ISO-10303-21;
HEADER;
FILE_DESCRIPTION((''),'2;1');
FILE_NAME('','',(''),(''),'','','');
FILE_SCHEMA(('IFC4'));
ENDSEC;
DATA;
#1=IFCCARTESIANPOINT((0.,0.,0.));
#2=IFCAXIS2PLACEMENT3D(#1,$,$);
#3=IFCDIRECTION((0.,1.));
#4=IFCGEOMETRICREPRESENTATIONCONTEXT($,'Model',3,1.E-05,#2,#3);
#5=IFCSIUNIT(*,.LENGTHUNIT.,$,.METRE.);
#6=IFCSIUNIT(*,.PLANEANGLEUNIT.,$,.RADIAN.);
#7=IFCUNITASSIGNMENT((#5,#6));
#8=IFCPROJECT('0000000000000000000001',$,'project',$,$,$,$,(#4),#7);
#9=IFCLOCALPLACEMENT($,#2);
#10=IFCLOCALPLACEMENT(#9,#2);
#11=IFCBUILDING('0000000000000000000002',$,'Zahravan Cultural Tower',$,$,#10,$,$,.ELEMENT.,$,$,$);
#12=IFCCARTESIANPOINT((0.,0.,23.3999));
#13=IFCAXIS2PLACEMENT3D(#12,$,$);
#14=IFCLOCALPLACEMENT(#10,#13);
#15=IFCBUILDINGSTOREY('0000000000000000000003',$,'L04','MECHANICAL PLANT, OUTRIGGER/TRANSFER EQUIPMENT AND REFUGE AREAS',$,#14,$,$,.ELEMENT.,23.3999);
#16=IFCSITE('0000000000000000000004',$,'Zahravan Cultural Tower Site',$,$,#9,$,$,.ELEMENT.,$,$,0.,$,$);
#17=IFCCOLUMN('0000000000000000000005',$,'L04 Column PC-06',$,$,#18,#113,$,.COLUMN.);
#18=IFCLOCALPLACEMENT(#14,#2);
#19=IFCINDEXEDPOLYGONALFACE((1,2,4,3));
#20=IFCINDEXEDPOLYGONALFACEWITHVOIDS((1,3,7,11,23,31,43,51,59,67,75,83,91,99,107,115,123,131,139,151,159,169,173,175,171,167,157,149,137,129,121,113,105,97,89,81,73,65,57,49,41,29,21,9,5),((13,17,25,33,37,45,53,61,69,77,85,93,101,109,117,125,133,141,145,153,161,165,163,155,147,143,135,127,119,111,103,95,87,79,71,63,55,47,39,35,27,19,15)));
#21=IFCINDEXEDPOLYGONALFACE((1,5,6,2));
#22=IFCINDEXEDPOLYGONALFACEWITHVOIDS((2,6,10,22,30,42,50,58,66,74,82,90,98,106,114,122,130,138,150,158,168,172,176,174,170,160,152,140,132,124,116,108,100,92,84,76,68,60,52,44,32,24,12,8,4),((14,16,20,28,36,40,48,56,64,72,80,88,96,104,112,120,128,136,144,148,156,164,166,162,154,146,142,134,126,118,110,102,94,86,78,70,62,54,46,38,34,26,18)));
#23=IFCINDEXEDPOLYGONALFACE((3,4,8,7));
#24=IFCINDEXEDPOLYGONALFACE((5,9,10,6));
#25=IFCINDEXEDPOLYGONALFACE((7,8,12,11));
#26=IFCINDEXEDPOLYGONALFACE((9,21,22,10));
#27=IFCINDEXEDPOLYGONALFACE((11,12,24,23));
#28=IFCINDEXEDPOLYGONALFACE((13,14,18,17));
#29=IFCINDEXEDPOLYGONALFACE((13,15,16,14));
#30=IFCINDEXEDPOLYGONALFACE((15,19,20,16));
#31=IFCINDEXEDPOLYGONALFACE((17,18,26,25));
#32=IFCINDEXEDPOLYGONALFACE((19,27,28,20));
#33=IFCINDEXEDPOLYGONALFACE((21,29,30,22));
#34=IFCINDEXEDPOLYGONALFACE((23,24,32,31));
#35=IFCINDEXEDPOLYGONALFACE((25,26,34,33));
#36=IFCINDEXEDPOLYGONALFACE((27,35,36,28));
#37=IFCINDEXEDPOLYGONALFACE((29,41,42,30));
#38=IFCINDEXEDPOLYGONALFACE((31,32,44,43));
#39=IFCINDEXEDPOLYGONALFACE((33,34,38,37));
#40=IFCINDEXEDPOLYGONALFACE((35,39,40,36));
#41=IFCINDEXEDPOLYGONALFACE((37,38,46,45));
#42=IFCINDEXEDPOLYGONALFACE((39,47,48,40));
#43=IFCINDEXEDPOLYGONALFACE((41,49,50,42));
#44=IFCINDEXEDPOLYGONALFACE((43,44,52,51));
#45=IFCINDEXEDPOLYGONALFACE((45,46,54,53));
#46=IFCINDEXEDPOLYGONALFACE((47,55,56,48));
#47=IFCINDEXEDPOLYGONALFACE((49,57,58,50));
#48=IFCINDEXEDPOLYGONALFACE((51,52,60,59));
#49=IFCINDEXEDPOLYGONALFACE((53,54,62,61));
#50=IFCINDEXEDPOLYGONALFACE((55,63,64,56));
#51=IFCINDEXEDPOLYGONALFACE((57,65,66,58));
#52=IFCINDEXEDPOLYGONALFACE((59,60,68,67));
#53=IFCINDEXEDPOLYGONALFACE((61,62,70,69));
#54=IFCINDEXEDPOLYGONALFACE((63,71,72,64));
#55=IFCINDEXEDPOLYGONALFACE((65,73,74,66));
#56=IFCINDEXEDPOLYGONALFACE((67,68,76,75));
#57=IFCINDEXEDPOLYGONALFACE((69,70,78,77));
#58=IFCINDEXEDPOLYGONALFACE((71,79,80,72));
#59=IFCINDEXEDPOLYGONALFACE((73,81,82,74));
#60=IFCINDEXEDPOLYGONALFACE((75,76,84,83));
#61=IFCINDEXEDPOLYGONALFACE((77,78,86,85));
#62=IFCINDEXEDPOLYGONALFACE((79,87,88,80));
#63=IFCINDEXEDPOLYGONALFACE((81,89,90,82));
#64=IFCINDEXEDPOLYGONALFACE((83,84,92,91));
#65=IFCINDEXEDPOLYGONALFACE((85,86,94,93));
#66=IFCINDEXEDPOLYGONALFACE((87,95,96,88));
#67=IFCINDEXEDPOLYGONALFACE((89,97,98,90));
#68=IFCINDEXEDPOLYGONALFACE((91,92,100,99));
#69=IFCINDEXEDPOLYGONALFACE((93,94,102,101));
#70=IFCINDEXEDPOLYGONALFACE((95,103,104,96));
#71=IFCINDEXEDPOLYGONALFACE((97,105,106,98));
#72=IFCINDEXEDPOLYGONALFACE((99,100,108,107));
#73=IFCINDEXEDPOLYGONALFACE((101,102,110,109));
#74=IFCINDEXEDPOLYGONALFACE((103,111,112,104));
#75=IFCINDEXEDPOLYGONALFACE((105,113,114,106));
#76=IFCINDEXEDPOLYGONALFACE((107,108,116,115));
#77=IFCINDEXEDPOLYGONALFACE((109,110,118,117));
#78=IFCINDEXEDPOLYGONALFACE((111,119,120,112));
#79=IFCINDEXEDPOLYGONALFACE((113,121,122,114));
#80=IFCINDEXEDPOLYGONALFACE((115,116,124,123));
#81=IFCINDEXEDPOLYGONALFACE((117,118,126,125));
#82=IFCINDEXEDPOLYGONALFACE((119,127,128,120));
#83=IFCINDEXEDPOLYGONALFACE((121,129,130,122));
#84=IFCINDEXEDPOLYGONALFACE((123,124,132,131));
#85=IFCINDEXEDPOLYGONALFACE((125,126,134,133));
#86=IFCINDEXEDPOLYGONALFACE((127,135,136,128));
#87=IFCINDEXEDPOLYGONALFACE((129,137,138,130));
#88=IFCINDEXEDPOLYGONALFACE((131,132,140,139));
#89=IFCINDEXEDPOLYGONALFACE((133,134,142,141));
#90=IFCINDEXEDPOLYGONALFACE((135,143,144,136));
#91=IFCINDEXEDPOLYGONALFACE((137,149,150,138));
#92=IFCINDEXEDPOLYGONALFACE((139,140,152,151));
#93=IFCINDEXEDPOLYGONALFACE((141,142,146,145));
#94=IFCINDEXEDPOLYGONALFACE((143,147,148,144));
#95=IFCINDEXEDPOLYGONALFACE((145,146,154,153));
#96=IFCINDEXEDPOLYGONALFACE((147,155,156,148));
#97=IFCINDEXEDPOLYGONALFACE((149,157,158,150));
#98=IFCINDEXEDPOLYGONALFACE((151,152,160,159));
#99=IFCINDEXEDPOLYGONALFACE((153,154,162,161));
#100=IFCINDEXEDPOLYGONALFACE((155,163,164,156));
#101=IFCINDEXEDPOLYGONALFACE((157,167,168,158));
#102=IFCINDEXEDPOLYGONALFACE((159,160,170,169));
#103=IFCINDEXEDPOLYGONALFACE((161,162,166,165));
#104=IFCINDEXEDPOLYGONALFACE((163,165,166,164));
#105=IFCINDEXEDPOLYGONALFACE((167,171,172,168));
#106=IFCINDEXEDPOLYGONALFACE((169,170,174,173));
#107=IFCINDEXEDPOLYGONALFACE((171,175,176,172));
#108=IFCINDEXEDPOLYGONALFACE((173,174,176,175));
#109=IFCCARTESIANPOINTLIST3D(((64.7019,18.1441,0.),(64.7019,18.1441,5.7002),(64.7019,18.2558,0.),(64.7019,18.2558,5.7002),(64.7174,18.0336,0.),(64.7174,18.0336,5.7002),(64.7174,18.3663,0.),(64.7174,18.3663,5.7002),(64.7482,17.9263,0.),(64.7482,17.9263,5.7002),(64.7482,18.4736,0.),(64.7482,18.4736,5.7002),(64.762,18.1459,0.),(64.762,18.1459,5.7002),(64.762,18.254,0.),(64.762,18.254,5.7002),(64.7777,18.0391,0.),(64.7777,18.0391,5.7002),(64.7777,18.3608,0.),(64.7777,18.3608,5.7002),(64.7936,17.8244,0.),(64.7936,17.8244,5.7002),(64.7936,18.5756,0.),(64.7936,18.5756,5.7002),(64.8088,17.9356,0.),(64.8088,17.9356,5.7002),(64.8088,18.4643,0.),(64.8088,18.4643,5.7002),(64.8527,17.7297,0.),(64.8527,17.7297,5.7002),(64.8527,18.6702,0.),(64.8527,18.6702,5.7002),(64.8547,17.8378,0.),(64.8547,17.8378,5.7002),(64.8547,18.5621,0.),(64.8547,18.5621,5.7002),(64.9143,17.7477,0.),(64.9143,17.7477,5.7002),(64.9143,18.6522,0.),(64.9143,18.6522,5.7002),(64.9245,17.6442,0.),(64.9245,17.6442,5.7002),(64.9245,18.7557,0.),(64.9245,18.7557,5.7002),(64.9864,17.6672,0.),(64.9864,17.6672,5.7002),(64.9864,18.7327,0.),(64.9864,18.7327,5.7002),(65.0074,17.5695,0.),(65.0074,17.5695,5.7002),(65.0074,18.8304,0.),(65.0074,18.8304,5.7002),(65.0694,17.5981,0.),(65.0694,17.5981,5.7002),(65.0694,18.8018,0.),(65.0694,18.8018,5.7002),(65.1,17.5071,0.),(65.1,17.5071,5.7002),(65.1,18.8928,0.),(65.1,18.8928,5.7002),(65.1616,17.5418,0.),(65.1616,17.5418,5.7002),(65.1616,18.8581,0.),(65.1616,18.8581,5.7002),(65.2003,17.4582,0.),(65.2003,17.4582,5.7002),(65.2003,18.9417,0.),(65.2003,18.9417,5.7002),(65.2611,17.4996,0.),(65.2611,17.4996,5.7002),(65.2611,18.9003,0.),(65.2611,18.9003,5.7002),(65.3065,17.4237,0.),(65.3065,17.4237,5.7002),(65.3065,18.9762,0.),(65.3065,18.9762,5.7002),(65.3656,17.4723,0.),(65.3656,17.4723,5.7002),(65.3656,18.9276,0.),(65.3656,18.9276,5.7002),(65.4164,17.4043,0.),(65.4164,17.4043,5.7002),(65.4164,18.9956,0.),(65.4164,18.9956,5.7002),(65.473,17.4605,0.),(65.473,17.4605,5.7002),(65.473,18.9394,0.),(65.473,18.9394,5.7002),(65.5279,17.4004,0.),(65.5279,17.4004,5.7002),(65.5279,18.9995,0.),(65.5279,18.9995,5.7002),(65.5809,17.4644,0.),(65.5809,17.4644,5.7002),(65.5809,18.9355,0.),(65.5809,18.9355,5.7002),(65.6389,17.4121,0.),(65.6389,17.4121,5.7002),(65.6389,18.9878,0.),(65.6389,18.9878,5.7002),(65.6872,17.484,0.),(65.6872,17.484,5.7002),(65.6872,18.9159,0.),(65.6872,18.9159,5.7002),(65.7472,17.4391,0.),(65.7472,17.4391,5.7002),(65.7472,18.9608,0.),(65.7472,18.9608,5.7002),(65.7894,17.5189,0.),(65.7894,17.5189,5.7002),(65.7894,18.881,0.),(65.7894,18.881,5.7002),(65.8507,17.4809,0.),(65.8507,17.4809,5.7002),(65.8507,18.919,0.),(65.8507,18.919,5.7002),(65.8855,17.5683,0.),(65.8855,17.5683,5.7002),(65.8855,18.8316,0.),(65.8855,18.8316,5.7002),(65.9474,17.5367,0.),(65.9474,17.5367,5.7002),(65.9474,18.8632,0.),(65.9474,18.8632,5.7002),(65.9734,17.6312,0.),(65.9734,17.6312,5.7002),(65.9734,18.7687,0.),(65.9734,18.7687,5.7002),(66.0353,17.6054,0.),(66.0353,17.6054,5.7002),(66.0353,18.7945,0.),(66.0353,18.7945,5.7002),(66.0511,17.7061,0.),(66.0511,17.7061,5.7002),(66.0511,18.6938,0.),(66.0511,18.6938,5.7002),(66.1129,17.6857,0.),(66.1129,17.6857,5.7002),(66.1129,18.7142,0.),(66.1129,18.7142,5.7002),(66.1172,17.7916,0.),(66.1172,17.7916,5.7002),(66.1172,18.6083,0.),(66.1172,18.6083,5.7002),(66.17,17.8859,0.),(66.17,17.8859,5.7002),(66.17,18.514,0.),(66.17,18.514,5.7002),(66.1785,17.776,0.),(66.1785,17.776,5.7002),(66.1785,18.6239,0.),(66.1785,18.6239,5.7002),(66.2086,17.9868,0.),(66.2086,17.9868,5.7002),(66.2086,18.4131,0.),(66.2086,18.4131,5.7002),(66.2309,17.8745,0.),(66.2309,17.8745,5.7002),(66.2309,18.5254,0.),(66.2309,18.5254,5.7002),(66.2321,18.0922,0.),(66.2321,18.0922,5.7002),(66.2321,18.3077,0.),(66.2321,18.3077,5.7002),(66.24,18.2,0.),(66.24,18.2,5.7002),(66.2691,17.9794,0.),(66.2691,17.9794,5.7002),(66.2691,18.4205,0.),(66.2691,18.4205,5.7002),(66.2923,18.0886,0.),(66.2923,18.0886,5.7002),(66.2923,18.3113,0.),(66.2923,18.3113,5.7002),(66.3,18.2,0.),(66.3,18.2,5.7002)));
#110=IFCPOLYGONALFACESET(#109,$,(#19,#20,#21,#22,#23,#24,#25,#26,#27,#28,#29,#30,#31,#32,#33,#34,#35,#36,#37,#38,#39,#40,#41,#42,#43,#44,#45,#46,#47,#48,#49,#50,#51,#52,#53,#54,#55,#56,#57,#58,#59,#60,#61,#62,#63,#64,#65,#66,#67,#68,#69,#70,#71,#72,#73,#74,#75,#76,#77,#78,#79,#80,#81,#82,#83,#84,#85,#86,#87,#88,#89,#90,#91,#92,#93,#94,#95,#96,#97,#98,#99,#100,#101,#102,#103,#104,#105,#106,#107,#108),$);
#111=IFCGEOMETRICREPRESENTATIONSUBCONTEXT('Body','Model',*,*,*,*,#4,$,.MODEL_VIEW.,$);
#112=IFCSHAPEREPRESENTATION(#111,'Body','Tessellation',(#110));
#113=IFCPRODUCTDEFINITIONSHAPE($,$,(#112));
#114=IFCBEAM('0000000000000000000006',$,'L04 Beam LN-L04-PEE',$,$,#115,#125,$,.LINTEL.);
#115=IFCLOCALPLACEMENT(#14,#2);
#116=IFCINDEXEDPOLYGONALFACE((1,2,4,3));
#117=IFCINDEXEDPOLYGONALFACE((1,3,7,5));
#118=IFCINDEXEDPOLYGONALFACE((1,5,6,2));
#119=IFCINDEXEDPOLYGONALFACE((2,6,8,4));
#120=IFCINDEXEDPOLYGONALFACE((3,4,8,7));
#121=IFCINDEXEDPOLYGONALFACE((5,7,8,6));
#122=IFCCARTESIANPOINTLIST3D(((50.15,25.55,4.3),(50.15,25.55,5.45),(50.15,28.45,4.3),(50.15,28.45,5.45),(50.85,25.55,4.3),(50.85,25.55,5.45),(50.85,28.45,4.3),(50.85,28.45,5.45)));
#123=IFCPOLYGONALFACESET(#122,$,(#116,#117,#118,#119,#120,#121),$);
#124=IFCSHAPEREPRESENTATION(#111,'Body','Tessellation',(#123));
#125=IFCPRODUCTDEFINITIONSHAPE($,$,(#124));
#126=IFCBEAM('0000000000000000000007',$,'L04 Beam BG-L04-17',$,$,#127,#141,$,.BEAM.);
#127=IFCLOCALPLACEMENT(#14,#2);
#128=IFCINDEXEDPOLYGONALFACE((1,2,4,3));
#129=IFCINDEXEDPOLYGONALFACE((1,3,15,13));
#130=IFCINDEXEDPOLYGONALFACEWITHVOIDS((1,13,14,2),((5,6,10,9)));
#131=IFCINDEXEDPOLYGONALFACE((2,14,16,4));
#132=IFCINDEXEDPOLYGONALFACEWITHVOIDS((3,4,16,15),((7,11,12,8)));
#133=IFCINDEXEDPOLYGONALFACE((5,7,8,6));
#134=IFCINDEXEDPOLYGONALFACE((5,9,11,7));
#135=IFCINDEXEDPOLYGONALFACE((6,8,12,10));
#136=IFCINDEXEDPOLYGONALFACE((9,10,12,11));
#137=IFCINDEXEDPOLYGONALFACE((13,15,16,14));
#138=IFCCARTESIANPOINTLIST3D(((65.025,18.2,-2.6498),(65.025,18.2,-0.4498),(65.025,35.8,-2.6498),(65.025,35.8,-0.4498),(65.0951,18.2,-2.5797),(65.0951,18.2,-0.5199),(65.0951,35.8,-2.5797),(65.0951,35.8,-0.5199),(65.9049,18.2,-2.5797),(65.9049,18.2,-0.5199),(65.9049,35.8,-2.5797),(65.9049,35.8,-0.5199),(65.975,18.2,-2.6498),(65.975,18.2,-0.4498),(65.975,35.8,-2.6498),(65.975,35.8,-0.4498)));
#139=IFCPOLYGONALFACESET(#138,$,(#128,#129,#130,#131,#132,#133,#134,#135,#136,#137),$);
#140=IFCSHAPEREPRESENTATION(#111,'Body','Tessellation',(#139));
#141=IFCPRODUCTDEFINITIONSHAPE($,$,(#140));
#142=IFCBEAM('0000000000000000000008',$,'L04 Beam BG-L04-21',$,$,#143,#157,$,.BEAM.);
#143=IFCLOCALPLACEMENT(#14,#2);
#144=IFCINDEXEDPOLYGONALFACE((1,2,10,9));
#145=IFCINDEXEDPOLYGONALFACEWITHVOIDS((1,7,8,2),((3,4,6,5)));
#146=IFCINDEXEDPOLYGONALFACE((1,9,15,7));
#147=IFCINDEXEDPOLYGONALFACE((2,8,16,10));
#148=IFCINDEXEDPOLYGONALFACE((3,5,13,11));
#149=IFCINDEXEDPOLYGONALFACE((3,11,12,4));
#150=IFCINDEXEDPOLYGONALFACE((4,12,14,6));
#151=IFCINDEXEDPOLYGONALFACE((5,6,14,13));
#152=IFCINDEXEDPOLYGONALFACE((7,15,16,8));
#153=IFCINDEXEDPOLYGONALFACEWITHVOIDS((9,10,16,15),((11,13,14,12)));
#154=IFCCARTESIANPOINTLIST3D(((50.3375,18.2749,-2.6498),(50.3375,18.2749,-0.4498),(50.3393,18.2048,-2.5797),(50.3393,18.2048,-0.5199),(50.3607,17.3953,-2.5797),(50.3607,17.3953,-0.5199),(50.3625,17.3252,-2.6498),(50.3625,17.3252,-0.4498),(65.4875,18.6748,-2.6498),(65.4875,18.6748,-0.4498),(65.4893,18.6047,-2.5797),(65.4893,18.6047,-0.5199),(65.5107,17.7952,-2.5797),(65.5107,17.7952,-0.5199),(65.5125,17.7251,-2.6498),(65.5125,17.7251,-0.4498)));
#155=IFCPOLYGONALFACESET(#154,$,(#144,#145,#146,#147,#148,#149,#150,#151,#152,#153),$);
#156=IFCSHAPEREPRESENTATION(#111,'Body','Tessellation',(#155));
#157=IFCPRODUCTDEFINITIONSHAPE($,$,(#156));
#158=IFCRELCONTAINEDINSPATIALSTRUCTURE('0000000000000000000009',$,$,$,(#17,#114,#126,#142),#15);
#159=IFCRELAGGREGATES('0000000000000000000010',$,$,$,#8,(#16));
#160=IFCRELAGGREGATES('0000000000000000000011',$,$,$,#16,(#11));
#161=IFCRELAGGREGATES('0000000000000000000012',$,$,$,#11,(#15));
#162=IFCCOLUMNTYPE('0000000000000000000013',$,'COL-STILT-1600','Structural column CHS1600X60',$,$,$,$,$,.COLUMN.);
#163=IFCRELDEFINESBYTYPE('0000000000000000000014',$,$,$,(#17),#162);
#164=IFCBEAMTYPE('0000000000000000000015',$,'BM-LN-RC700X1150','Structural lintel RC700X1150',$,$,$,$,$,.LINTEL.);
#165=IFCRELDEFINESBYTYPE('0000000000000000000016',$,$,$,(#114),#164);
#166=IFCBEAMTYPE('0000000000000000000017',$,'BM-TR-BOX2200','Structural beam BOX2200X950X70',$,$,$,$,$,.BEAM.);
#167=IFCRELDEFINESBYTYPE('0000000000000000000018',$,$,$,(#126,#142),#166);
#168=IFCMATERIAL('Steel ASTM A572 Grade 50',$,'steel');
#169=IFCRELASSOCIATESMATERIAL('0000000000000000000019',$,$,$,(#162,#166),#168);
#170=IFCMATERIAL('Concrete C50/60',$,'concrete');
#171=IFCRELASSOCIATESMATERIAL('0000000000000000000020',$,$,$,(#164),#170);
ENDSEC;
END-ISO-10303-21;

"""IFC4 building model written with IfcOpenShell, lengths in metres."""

from ifc_helpers import new_model, si_unit, direction, frame, origin, origin_2d, place, context, subcontext, project, spatial, rectangle, hollow_rectangle, hollow_circle, extrude, source, transform, mapped, material, material_profile, profile_set, type_object, element, save


model = new_model("IFC4")

# Units and contexts
model_context = context("Model", 3, precision=1e-05, world=origin(), true_north=direction((0.0, 1.0)))
body_context = subcontext(model_context, "Body", "Model", "MODEL_VIEW")
ifc_project = project(units=[si_unit("LENGTHUNIT", "METRE"), si_unit("PLANEANGLEUNIT", "RADIAN")], contexts=[model_context])

# Site, building, storey
site_placement = place(None, origin())
site = spatial("IfcSite", under=ifc_project, at=site_placement, Name="Zahravan Cultural Tower Site", CompositionType="ELEMENT", RefElevation=0.0)
building_placement = place(site_placement, origin())
building = spatial("IfcBuilding", under=site, at=building_placement, Name="Zahravan Cultural Tower", CompositionType="ELEMENT")
storey_placement = place(building_placement, frame((0.0, 0.0, 23.3999)))
storey = spatial("IfcBuildingStorey", under=building, at=storey_placement, Name="L04", Description="MECHANICAL PLANT, OUTRIGGER/TRANSFER EQUIPMENT AND REFUGE AREAS", CompositionType="ELEMENT", Elevation=23.3999)

# Column
ifc_material_1 = material(Name="Steel ASTM A572 Grade 50", Category="steel")
ifc_material_profile_1 = material_profile(ifc_material_1, hollow_circle(Radius=0.8, WallThickness=0.0601, at=origin_2d()), Name="CHS1600X60")
ifc_profile_set_1 = profile_set([ifc_material_profile_1], Name="Steel ASTM A572 Grade 50")
column_type = type_object("IfcColumnType", Name="COL-STILT-1600", Description="Structural column CHS1600X60", PredefinedType="COLUMN", material=ifc_profile_set_1)
shared_shape_1 = source(origin(), body_context, "Body", "SweptSolid", [
    extrude(hollow_circle(Radius=0.8, WallThickness=0.0601, at=origin_2d()), origin(), (0.0, 0.0, 1.0), 5.7002),
])
column_placement = place(storey_placement, frame((65.5, 18.2, 0.0), z_axis=(0.0, 0.0, 1.0), x_axis=(1.0, 0.0, 0.0)))
element("IfcColumn", 1, at=column_placement, inside=storey, type_object=column_type, Name="L04 Column PC-06", PredefinedType="COLUMN", context=body_context, shape_type="MappedRepresentation", body=[
    mapped(shared_shape_1, transform((0.0, 0.0, 0.0), x_axis=(1.0, 0.0, 0.0), y_axis=(0.0, 1.0, 0.0), z_axis=(0.0, 0.0, 1.0), scale=1.0)),
])

# Beams
ifc_material_2 = material(Name="Concrete C50/60", Category="concrete")
ifc_material_profile_2 = material_profile(ifc_material_2, rectangle(XDim=0.7, YDim=1.1499, at=origin_2d()), Name="RC700X1150")
ifc_profile_set_2 = profile_set([ifc_material_profile_2], Name="Concrete C50/60")
beam_type_1 = type_object("IfcBeamType", Name="BM-LN-RC700X1150", Description="Structural lintel RC700X1150", PredefinedType="LINTEL", material=ifc_profile_set_2)
shared_shape_2 = source(origin(), body_context, "Body", "SweptSolid", [
    extrude(rectangle(XDim=0.7, YDim=1.1499, at=origin_2d()), origin(), (0.0, 0.0, 1.0), 2.8999),
])
beam_1_placement = place(storey_placement, frame((50.5, 25.55, 4.875), z_axis=(0.0, 1.0, 0.0), x_axis=(-1.0, 0.0, 0.0)))
element("IfcBeam", 2, at=beam_1_placement, inside=storey, type_object=beam_type_1, Name="L04 Beam LN-L04-PEE", PredefinedType="LINTEL", context=body_context, shape_type="MappedRepresentation", body=[
    mapped(shared_shape_2, transform((0.0, 0.0, 0.0), x_axis=(1.0, 0.0, 0.0), y_axis=(0.0, 1.0, 0.0), z_axis=(0.0, 0.0, 1.0), scale=1.0)),
])
ifc_material_profile_3 = material_profile(ifc_material_1, hollow_rectangle(XDim=0.95, YDim=2.2, WallThickness=0.0701, at=origin_2d()), Name="BOX2200X950X70")
ifc_profile_set_3 = profile_set([ifc_material_profile_3], Name="Steel ASTM A572 Grade 50")
beam_type_2 = type_object("IfcBeamType", Name="BM-TR-BOX2200", Description="Structural beam BOX2200X950X70", PredefinedType="BEAM", material=ifc_profile_set_3)
shared_shape_3 = source(origin(), body_context, "Body", "SweptSolid", [
    extrude(hollow_rectangle(XDim=0.95, YDim=2.2, WallThickness=0.0701, at=origin_2d()), origin(), (0.0, 0.0, 1.0), 17.6001),
])
beam_2_placement = place(storey_placement, frame((65.5, 18.2, -1.5498), z_axis=(0.0, 1.0, 0.0), x_axis=(-1.0, 0.0, 0.0)))
element("IfcBeam", 3, at=beam_2_placement, inside=storey, type_object=beam_type_2, Name="L04 Beam BG-L04-17", PredefinedType="BEAM", context=body_context, shape_type="MappedRepresentation", body=[
    mapped(shared_shape_3, transform((0.0, 0.0, 0.0), x_axis=(1.0, 0.0, 0.0), y_axis=(0.0, 1.0, 0.0), z_axis=(0.0, 0.0, 1.0), scale=1.0)),
])
shared_shape_4 = source(origin(), body_context, "Body", "SweptSolid", [
    extrude(hollow_rectangle(XDim=0.95, YDim=2.2, WallThickness=0.0701, at=origin_2d()), origin(), (0.0, 0.0, 1.0), 15.1553),
])
beam_3_placement = place(storey_placement, frame((65.5, 18.2, -1.5498), z_axis=(-0.999652, -0.026387, 0.0), x_axis=(0.026387, -0.999652, 0.0)))
element("IfcBeam", 4, at=beam_3_placement, inside=storey, type_object=beam_type_2, Name="L04 Beam BG-L04-21", PredefinedType="BEAM", context=body_context, shape_type="MappedRepresentation", body=[
    mapped(shared_shape_4, transform((0.0, 0.0, 0.0), x_axis=(1.0, 0.0, 0.0), y_axis=(0.0, 1.0, 0.0), z_axis=(0.0, 0.0, 1.0), scale=1.0)),
])

save(model, "model.ifc")
